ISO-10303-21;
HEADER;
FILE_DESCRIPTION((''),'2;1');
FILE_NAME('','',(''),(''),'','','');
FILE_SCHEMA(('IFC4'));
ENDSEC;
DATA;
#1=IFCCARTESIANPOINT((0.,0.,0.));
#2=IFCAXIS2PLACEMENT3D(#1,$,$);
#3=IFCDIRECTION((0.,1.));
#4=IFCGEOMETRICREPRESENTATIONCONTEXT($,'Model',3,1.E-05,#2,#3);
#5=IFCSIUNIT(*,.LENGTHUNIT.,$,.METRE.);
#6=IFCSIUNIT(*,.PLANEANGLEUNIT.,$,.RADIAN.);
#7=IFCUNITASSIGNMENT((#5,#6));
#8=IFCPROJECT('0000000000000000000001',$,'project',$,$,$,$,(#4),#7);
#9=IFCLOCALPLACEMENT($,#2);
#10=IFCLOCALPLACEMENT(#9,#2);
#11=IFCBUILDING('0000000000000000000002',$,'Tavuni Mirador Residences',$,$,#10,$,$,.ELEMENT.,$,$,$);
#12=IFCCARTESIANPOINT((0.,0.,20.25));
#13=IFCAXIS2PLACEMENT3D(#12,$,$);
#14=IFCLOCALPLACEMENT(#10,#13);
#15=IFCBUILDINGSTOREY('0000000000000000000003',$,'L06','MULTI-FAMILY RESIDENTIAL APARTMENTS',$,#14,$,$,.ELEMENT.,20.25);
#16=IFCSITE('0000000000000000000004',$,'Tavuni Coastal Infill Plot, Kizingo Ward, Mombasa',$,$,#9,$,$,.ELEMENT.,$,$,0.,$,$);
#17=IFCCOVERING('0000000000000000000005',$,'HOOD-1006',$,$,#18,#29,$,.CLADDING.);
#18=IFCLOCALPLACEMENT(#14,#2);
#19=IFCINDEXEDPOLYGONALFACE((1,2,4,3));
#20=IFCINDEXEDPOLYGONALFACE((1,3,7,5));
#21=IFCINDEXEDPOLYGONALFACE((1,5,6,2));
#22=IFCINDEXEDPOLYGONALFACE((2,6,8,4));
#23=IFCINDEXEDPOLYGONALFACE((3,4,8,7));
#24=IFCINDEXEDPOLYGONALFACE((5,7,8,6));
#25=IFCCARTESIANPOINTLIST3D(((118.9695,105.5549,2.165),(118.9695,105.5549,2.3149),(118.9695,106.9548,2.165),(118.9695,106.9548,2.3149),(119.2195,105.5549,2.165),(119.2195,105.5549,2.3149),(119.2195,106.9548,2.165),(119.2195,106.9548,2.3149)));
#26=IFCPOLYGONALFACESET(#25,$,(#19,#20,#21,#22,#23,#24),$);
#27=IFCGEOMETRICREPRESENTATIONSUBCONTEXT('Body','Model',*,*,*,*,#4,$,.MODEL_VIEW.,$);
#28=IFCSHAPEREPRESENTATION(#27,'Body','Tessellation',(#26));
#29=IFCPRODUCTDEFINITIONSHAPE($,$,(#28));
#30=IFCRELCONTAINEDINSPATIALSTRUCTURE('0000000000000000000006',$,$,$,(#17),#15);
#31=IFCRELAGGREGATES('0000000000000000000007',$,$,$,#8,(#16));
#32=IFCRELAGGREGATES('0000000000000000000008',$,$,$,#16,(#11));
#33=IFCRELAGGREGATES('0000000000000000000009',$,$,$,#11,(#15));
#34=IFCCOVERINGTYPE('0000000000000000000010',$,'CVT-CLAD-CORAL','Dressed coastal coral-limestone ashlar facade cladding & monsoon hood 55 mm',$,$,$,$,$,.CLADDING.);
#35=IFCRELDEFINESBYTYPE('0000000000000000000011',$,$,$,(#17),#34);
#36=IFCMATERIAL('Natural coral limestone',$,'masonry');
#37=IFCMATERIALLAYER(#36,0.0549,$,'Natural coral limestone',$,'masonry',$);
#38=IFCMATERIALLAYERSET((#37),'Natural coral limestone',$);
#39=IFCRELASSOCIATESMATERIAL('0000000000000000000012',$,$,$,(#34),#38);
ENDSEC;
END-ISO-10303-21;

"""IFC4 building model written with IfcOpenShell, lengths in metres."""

from ifc_helpers import new_model, si_unit, direction, frame, origin, origin_2d, place, context, subcontext, project, spatial, rectangle, extrude, material, layer, layer_set, type_object, element, save


model = new_model("IFC4")

# Units and contexts
model_context = context("Model", 3, precision=1e-05, world=origin(), true_north=direction((0.0, 1.0)))
body_context = subcontext(model_context, "Body", "Model", "MODEL_VIEW")
ifc_project = project(units=[si_unit("LENGTHUNIT", "METRE"), si_unit("PLANEANGLEUNIT", "RADIAN")], contexts=[model_context])

# Site, building, storey
site_placement = place(None, origin())
site = spatial("IfcSite", under=ifc_project, at=site_placement, Name="Tavuni Coastal Infill Plot, Kizingo Ward, Mombasa", CompositionType="ELEMENT", RefElevation=0.0)
building_placement = place(site_placement, origin())
building = spatial("IfcBuilding", under=site, at=building_placement, Name="Tavuni Mirador Residences", CompositionType="ELEMENT")
storey_placement = place(building_placement, frame((0.0, 0.0, 20.25)))
storey = spatial("IfcBuildingStorey", under=building, at=storey_placement, Name="L06", Description="MULTI-FAMILY RESIDENTIAL APARTMENTS", CompositionType="ELEMENT", Elevation=20.25)

# Covering
ifc_material_1 = material(Name="Natural coral limestone", Category="masonry")
ifc_layer_1 = layer(ifc_material_1, 0.0549, Name="Natural coral limestone", Category="masonry")
ifc_layer_set_1 = layer_set([ifc_layer_1], Name="Natural coral limestone")
covering_type = type_object("IfcCoveringType", Name="CVT-CLAD-CORAL", Description="Dressed coastal coral-limestone ashlar facade cladding & monsoon hood 55 mm", PredefinedType="CLADDING", material=ifc_layer_set_1)
covering_placement = place(storey_placement, frame((119.0945, 106.2549, 2.165), z_axis=(0.0, 0.0, 1.0), x_axis=(0.0, 1.0, 0.0)))
element("IfcCovering", 1, at=covering_placement, inside=storey, type_object=covering_type, Name="HOOD-1006", PredefinedType="CLADDING", context=body_context, shape_type="SweptSolid", body=[
    extrude(rectangle(XDim=1.3999, YDim=0.25, at=origin_2d()), origin(), (0.0, 0.0, 1.0), 0.1499),
])

save(model, "model.ifc")
